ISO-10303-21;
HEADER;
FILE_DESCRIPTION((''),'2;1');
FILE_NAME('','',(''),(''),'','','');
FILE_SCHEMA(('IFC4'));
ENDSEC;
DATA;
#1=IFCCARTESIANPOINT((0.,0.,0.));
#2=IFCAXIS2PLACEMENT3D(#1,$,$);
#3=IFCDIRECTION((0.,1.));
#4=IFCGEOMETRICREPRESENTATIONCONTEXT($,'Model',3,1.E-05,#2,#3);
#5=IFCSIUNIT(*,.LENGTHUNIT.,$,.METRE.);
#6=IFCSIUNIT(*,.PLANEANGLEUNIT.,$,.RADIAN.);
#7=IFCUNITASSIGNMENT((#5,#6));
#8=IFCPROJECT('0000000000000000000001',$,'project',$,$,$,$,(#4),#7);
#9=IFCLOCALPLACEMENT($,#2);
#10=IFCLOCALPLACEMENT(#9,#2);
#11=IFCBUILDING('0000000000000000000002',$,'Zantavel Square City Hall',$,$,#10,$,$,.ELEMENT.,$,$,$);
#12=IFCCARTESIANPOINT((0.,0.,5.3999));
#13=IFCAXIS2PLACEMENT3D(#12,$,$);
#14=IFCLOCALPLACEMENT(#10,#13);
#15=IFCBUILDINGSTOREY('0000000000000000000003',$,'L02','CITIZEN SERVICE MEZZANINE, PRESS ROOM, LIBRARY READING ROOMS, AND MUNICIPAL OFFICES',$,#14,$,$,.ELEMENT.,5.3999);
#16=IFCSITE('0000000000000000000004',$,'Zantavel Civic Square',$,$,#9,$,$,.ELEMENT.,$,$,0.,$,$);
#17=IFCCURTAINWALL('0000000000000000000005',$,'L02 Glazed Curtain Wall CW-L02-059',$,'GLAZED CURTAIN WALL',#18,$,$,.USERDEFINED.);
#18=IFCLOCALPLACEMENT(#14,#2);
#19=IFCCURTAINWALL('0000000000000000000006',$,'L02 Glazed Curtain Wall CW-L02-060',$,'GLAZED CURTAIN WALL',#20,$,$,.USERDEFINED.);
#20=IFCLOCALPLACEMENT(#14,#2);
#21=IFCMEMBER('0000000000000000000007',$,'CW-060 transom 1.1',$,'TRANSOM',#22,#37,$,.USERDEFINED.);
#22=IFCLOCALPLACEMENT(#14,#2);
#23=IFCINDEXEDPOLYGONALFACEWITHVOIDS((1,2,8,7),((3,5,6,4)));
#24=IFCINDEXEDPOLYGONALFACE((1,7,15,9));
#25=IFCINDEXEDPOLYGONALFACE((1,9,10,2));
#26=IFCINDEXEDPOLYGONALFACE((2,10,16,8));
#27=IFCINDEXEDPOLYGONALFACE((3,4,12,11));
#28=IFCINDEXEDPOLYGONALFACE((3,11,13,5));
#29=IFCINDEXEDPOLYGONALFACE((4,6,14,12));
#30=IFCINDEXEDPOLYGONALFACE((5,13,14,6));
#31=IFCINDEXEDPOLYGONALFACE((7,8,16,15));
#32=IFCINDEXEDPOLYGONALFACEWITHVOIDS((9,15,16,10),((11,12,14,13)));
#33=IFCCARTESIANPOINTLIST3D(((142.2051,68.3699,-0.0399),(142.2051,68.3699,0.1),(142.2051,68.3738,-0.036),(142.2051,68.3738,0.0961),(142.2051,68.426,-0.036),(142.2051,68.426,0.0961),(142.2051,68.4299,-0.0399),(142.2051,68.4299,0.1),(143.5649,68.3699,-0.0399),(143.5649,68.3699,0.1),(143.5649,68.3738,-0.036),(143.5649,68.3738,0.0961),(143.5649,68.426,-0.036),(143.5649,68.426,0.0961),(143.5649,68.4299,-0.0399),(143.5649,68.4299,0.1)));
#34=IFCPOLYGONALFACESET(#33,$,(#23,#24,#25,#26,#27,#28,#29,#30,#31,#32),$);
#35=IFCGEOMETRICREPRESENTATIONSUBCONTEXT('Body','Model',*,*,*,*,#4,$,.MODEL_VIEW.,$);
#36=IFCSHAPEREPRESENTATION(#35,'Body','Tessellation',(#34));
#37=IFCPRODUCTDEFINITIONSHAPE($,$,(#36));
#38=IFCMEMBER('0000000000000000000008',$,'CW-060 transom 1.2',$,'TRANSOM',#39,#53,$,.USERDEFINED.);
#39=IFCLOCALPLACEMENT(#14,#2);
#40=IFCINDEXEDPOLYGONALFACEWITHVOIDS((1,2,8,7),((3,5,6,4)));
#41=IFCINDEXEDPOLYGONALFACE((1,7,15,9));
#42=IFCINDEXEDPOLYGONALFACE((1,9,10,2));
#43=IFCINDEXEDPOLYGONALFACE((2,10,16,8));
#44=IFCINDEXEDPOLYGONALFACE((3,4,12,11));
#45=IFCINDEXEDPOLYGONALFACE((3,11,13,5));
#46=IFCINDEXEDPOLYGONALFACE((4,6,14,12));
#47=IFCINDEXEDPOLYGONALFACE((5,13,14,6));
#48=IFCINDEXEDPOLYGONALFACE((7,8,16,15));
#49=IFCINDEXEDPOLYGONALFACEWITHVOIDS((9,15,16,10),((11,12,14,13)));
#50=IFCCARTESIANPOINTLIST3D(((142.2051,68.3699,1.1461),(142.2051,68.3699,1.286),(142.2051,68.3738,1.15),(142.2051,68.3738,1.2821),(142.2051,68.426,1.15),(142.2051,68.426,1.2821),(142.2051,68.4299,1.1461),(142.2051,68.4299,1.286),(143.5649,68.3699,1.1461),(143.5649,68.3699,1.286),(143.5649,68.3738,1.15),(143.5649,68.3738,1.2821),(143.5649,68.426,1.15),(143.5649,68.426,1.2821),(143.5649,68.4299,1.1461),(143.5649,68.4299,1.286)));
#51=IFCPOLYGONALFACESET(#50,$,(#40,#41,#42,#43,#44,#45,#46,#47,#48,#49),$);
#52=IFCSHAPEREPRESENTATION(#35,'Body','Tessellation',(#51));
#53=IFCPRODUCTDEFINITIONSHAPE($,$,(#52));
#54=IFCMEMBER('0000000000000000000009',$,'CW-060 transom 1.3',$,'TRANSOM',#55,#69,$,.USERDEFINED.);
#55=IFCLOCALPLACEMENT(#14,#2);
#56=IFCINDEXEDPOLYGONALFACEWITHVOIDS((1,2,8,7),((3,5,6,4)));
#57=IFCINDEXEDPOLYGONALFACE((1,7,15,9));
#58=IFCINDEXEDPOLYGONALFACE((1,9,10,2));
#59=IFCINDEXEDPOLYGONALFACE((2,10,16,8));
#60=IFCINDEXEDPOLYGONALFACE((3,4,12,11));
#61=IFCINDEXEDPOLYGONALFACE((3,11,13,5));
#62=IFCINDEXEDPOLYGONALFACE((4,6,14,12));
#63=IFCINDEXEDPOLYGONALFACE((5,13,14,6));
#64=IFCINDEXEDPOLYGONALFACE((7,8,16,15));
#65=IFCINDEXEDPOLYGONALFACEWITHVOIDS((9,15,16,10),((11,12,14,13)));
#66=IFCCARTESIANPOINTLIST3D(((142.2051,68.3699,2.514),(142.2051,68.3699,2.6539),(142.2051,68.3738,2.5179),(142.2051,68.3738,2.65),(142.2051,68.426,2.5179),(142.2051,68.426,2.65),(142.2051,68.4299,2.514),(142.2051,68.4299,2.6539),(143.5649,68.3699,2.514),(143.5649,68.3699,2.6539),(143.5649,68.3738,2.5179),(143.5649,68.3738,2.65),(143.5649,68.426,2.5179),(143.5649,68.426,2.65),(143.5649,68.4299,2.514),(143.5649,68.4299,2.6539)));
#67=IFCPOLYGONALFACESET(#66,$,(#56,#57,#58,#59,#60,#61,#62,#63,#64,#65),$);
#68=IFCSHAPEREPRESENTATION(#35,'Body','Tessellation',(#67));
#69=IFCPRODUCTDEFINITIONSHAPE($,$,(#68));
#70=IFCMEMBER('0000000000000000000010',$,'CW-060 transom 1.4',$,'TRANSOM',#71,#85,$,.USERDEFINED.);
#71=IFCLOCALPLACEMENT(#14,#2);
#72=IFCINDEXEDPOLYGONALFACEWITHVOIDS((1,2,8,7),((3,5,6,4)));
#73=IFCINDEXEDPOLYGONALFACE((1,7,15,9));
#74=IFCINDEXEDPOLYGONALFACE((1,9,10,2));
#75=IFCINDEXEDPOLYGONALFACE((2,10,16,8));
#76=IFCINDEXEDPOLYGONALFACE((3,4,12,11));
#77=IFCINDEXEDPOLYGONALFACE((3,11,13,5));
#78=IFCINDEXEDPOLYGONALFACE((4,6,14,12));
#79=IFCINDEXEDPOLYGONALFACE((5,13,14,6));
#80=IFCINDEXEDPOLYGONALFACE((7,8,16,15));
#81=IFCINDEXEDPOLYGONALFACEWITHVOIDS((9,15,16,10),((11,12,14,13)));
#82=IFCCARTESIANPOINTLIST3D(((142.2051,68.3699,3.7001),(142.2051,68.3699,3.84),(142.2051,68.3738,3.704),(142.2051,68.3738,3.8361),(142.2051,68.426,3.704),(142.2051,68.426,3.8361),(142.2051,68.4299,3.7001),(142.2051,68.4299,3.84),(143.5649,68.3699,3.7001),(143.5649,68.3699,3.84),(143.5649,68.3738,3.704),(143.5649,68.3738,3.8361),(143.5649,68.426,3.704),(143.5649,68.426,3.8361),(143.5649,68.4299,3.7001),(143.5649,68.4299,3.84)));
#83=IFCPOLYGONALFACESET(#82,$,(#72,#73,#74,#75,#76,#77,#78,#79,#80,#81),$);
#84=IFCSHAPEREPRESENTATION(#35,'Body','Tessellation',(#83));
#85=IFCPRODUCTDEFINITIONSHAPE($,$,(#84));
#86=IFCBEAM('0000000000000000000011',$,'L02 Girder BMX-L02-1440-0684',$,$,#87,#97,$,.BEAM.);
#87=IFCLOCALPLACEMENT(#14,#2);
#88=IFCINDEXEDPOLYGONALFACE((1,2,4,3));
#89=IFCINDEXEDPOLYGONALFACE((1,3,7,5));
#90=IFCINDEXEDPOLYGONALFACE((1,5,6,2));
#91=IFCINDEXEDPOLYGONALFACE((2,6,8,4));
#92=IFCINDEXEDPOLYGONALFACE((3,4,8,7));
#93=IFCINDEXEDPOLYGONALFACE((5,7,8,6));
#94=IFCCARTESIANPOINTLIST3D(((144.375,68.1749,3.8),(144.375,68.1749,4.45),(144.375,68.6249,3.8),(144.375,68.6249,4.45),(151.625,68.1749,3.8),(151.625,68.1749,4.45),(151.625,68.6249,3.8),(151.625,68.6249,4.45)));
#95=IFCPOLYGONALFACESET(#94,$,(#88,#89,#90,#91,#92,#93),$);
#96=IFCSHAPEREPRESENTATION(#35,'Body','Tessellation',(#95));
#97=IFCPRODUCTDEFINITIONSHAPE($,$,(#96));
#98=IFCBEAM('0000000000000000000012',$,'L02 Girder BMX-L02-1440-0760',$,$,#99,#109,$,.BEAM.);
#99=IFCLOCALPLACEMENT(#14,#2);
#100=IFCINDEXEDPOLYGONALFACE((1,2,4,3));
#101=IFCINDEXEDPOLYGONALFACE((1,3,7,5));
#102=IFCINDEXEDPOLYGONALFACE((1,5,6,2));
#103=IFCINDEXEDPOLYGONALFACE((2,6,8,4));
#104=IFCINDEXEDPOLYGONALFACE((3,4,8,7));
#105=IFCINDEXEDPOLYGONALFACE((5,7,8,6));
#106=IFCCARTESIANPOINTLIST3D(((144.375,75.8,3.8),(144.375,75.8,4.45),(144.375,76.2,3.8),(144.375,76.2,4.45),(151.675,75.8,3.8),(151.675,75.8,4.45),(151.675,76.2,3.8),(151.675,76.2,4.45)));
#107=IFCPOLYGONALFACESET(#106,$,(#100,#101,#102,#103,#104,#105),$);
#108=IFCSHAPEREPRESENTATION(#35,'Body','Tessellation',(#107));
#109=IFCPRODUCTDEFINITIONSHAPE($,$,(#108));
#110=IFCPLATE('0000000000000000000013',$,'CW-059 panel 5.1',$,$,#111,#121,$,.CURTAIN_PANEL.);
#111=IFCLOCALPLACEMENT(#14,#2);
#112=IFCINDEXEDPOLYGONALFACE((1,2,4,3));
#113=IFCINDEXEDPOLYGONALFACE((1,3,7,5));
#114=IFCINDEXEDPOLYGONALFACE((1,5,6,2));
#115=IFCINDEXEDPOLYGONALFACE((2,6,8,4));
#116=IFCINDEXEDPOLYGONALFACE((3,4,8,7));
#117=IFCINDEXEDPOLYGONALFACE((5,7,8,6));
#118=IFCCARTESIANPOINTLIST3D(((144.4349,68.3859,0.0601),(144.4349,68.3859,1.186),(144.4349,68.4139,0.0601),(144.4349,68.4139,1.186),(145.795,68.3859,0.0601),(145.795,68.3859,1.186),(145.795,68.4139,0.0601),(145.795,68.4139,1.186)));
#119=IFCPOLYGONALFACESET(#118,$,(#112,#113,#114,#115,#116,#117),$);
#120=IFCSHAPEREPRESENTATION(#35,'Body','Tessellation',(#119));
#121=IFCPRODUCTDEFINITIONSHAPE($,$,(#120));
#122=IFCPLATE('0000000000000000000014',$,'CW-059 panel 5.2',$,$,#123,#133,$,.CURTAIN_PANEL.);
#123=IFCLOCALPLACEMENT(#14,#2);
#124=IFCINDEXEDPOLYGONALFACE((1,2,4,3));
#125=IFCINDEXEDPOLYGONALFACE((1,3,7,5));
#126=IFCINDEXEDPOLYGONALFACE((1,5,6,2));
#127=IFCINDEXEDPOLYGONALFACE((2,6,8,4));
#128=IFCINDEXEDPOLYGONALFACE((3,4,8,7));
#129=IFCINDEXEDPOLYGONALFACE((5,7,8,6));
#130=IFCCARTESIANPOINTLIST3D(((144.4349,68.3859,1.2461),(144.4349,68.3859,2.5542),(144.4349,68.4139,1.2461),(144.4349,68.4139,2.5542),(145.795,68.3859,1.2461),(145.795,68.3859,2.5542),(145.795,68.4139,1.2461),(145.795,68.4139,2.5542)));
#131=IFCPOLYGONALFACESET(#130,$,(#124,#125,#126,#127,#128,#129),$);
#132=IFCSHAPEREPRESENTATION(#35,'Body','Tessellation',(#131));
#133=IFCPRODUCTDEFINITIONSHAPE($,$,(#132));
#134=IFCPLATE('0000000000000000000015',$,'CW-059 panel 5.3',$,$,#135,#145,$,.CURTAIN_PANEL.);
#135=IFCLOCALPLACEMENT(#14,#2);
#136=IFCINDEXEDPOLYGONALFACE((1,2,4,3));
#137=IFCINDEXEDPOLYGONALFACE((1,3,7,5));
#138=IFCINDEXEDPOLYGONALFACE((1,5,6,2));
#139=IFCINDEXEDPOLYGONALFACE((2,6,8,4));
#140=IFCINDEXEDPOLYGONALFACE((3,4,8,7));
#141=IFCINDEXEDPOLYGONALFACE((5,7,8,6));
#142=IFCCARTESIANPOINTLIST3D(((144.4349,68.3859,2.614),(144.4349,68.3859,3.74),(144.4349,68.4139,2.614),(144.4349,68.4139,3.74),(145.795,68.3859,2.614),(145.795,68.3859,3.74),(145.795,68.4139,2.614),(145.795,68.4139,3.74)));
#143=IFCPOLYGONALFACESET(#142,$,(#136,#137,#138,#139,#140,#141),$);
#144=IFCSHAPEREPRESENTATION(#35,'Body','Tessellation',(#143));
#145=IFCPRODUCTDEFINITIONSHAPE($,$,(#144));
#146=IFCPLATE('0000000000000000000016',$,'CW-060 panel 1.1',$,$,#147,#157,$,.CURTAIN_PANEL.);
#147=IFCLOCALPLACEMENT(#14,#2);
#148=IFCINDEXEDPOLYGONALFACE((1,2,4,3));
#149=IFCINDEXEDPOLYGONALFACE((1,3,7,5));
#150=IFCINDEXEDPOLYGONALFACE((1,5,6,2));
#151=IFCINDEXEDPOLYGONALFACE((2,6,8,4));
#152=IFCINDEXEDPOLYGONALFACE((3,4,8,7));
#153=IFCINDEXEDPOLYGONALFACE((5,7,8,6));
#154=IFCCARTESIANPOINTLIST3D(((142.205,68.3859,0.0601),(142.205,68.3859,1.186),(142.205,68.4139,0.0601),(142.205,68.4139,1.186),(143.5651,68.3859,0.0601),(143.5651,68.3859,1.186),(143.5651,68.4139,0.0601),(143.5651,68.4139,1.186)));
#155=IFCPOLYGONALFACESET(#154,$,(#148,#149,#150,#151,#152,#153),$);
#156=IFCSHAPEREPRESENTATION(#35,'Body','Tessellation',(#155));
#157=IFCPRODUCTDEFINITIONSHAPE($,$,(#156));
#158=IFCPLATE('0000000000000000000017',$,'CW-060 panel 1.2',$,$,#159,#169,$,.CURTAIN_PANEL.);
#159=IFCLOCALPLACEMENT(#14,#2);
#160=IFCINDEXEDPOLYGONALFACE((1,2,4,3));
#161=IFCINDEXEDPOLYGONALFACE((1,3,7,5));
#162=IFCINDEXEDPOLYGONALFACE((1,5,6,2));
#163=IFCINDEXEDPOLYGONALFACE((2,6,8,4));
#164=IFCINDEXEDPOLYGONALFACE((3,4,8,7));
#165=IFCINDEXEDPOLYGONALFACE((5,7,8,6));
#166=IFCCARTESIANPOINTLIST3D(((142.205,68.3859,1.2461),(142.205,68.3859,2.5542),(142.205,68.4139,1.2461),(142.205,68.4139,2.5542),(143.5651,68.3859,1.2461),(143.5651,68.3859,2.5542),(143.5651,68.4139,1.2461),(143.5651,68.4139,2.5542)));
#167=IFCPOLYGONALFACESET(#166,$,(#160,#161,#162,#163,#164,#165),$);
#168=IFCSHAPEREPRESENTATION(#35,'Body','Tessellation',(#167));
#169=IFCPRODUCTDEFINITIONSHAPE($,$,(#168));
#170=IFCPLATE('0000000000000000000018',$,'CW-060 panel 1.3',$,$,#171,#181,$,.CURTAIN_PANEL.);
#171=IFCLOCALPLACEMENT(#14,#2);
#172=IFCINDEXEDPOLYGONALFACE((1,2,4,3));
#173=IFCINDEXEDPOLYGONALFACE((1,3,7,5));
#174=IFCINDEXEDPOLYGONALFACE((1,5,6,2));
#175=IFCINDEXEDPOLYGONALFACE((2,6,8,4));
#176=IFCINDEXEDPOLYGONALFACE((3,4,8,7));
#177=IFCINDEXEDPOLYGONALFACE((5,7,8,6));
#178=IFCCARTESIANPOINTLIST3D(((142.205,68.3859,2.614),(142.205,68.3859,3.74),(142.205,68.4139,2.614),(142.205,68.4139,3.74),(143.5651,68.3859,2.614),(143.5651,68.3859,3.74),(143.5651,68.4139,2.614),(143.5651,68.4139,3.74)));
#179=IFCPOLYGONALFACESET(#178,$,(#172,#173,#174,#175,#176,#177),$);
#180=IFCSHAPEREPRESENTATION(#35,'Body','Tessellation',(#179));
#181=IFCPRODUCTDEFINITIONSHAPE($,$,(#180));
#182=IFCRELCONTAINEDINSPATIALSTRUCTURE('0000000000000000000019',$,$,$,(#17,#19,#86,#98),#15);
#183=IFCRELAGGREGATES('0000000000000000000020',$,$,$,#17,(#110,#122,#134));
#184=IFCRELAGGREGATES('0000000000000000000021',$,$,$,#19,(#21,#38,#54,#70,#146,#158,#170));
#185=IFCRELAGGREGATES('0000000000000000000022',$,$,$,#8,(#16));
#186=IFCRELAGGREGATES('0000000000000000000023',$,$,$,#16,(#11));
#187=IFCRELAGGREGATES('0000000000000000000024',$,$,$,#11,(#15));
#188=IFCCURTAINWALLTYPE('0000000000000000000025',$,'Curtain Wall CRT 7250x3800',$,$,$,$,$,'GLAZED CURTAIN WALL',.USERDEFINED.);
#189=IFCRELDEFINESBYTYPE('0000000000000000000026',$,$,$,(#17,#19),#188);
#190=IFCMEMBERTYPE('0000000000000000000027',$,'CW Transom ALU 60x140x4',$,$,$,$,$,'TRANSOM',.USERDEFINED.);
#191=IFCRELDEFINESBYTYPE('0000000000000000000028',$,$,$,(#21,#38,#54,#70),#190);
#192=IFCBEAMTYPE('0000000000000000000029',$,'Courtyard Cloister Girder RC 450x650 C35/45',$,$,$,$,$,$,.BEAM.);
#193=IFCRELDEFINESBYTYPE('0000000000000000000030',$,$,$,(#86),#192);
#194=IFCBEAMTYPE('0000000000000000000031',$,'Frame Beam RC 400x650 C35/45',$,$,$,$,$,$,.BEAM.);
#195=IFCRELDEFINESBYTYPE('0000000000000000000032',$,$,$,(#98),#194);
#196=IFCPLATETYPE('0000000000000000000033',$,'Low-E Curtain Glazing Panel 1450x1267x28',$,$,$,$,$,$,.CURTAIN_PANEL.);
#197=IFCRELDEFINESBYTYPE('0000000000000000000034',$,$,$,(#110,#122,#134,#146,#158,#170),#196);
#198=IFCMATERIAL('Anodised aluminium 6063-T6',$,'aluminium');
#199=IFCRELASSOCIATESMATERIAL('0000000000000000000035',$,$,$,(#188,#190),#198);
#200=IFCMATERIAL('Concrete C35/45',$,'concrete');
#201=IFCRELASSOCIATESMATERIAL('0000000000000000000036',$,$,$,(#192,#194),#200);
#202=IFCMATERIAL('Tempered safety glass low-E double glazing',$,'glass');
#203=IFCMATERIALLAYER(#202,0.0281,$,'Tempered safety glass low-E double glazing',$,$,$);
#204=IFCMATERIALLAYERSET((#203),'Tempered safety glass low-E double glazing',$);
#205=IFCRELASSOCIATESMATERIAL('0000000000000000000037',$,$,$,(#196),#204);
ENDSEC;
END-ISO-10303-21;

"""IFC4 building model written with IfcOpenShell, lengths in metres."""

from ifc_helpers import new_model, si_unit, direction, frame, origin, origin_2d, place, context, subcontext, project, spatial, rectangle, hollow_rectangle, extrude, material, layer, layer_set, material_profile, profile_set, type_object, element, aggregate, save


model = new_model("IFC4")

# Units and contexts
model_context = context("Model", 3, precision=1e-05, world=origin(), true_north=direction((0.0, 1.0)))
body_context = subcontext(model_context, "Body", "Model", "MODEL_VIEW")
ifc_project = project(units=[si_unit("LENGTHUNIT", "METRE"), si_unit("PLANEANGLEUNIT", "RADIAN")], contexts=[model_context])

# Site, building, storey
site_placement = place(None, origin())
site = spatial("IfcSite", under=ifc_project, at=site_placement, Name="Zantavel Civic Square", CompositionType="ELEMENT", RefElevation=0.0)
building_placement = place(site_placement, origin())
building = spatial("IfcBuilding", under=site, at=building_placement, Name="Zantavel Square City Hall", CompositionType="ELEMENT")
storey_placement = place(building_placement, frame((0.0, 0.0, 5.3999)))
storey = spatial("IfcBuildingStorey", under=building, at=storey_placement, Name="L02", Description="CITIZEN SERVICE MEZZANINE, PRESS ROOM, LIBRARY READING ROOMS, AND MUNICIPAL OFFICES", CompositionType="ELEMENT", Elevation=5.3999)

# Shared definitions
ifc_material_1 = material(Name="Concrete C35/45", Category="concrete")

# Curtain walls
ifc_material_2 = material(Name="Anodised aluminium 6063-T6", Category="aluminium")
curtain_wall_type = type_object("IfcCurtainWallType", Name="Curtain Wall CRT 7250x3800", ElementType="GLAZED CURTAIN WALL", PredefinedType="USERDEFINED", material=ifc_material_2)
curtain_wall_1_placement = place(storey_placement, origin())
curtain_wall_1 = element("IfcCurtainWall", 1, at=curtain_wall_1_placement, inside=storey, type_object=curtain_wall_type, Name="L02 Glazed Curtain Wall CW-L02-059", ObjectType="GLAZED CURTAIN WALL", PredefinedType="USERDEFINED")
curtain_wall_2_placement = place(storey_placement, origin())
curtain_wall_2 = element("IfcCurtainWall", 2, at=curtain_wall_2_placement, inside=storey, type_object=curtain_wall_type, Name="L02 Glazed Curtain Wall CW-L02-060", ObjectType="GLAZED CURTAIN WALL", PredefinedType="USERDEFINED")

# Members
ifc_material_profile_1 = material_profile(ifc_material_2, hollow_rectangle(XDim=0.0601, YDim=0.1399, WallThickness=0.0039, at=origin_2d()), Name="ALU 60x140x4")
ifc_profile_set_1 = profile_set([ifc_material_profile_1], Name="Anodised aluminium 6063-T6")
member_type_1 = type_object("IfcMemberType", Name="CW Transom ALU 60x140x4", ElementType="TRANSOM", PredefinedType="USERDEFINED", material=ifc_profile_set_1)
member_1_placement = place(storey_placement, frame((143.5649, 68.3999, 0.03), z_axis=(-1.0, 0.0, 0.0), x_axis=(0.0, -1.0, 0.0)))
member_1 = element("IfcMember", 3, at=member_1_placement, type_object=member_type_1, Name="CW-060 transom 1.1", ObjectType="TRANSOM", PredefinedType="USERDEFINED", context=body_context, shape_type="SweptSolid", body=[
    extrude(hollow_rectangle(XDim=0.0601, YDim=0.1399, WallThickness=0.0039, at=origin_2d()), origin(), (0.0, 0.0, 1.0), 1.3599),
])
member_2_placement = place(storey_placement, frame((143.5649, 68.3999, 1.2161), z_axis=(-1.0, 0.0, 0.0), x_axis=(0.0, -1.0, 0.0)))
member_2 = element("IfcMember", 4, at=member_2_placement, type_object=member_type_1, Name="CW-060 transom 1.2", ObjectType="TRANSOM", PredefinedType="USERDEFINED", context=body_context, shape_type="SweptSolid", body=[
    extrude(hollow_rectangle(XDim=0.0601, YDim=0.1399, WallThickness=0.0039, at=origin_2d()), origin(), (0.0, 0.0, 1.0), 1.3599),
])
member_3_placement = place(storey_placement, frame((143.5649, 68.3999, 2.584), z_axis=(-1.0, 0.0, 0.0), x_axis=(0.0, -1.0, 0.0)))
member_3 = element("IfcMember", 5, at=member_3_placement, type_object=member_type_1, Name="CW-060 transom 1.3", ObjectType="TRANSOM", PredefinedType="USERDEFINED", context=body_context, shape_type="SweptSolid", body=[
    extrude(hollow_rectangle(XDim=0.0601, YDim=0.1399, WallThickness=0.0039, at=origin_2d()), origin(), (0.0, 0.0, 1.0), 1.3599),
])
member_4_placement = place(storey_placement, frame((143.5649, 68.3999, 3.77), z_axis=(-1.0, 0.0, 0.0), x_axis=(0.0, -1.0, 0.0)))
member_4 = element("IfcMember", 6, at=member_4_placement, type_object=member_type_1, Name="CW-060 transom 1.4", ObjectType="TRANSOM", PredefinedType="USERDEFINED", context=body_context, shape_type="SweptSolid", body=[
    extrude(hollow_rectangle(XDim=0.0601, YDim=0.1399, WallThickness=0.0039, at=origin_2d()), origin(), (0.0, 0.0, 1.0), 1.3599),
])

# Beams
ifc_material_profile_2 = material_profile(ifc_material_1, rectangle(XDim=0.45, YDim=0.6499, at=origin_2d()), Name="RC 450x650")
ifc_profile_set_2 = profile_set([ifc_material_profile_2], Name="Concrete C35/45")
beam_type_1 = type_object("IfcBeamType", Name="Courtyard Cloister Girder RC 450x650 C35/45", PredefinedType="BEAM", material=ifc_profile_set_2)
beam_1_placement = place(storey_placement, frame((144.375, 68.3999, 4.125), z_axis=(1.0, 0.0, 0.0), x_axis=(0.0, 1.0, 0.0)))
element("IfcBeam", 7, at=beam_1_placement, inside=storey, type_object=beam_type_1, Name="L02 Girder BMX-L02-1440-0684", PredefinedType="BEAM", context=body_context, shape_type="SweptSolid", body=[
    extrude(rectangle(XDim=0.45, YDim=0.6499, at=origin_2d()), origin(), (0.0, 0.0, 1.0), 7.25),
])
ifc_material_profile_3 = material_profile(ifc_material_1, rectangle(XDim=0.3999, YDim=0.6499, at=origin_2d()), Name="RC 400x650")
ifc_profile_set_3 = profile_set([ifc_material_profile_3], Name="Concrete C35/45")
beam_type_2 = type_object("IfcBeamType", Name="Frame Beam RC 400x650 C35/45", PredefinedType="BEAM", material=ifc_profile_set_3)
beam_2_placement = place(storey_placement, frame((144.375, 76.0, 4.125), z_axis=(1.0, 0.0, 0.0), x_axis=(0.0, 1.0, 0.0)))
element("IfcBeam", 8, at=beam_2_placement, inside=storey, type_object=beam_type_2, Name="L02 Girder BMX-L02-1440-0760", PredefinedType="BEAM", context=body_context, shape_type="SweptSolid", body=[
    extrude(rectangle(XDim=0.3999, YDim=0.6499, at=origin_2d()), origin(), (0.0, 0.0, 1.0), 7.3),
])

# Plates
ifc_material_3 = material(Name="Tempered safety glass low-E double glazing", Category="glass")
ifc_layer = layer(ifc_material_3, 0.0281, Name="Tempered safety glass low-E double glazing")
ifc_layer_set = layer_set([ifc_layer], Name="Tempered safety glass low-E double glazing")
plate_type = type_object("IfcPlateType", Name="Low-E Curtain Glazing Panel 1450x1267x28", PredefinedType="CURTAIN_PANEL", material=ifc_layer_set)
plate_1_placement = place(storey_placement, frame((145.115, 68.3999, 0.0601), z_axis=(0.0, 0.0, 1.0), x_axis=(-1.0, 0.0, 0.0)))
plate_1 = element("IfcPlate", 9, at=plate_1_placement, type_object=plate_type, Name="CW-059 panel 5.1", PredefinedType="CURTAIN_PANEL", context=body_context, shape_type="SweptSolid", body=[
    extrude(rectangle(XDim=1.3601, YDim=0.0281, at=origin_2d()), origin(), (0.0, 0.0, 1.0), 1.126),
])
plate_2_placement = place(storey_placement, frame((145.115, 68.3999, 1.2461), z_axis=(0.0, 0.0, 1.0), x_axis=(-1.0, 0.0, 0.0)))
plate_2 = element("IfcPlate", 10, at=plate_2_placement, type_object=plate_type, Name="CW-059 panel 5.2", PredefinedType="CURTAIN_PANEL", context=body_context, shape_type="SweptSolid", body=[
    extrude(rectangle(XDim=1.3601, YDim=0.0281, at=origin_2d()), origin(), (0.0, 0.0, 1.0), 1.3081),
])
plate_3_placement = place(storey_placement, frame((145.115, 68.3999, 2.614), z_axis=(0.0, 0.0, 1.0), x_axis=(-1.0, 0.0, 0.0)))
plate_3 = element("IfcPlate", 11, at=plate_3_placement, type_object=plate_type, Name="CW-059 panel 5.3", PredefinedType="CURTAIN_PANEL", context=body_context, shape_type="SweptSolid", body=[
    extrude(rectangle(XDim=1.3601, YDim=0.0281, at=origin_2d()), origin(), (0.0, 0.0, 1.0), 1.126),
])
aggregate(curtain_wall_1, [plate_1, plate_2, plate_3])
plate_4_placement = place(storey_placement, frame((142.885, 68.3999, 0.0601), z_axis=(0.0, 0.0, 1.0), x_axis=(-1.0, 0.0, 0.0)))
plate_4 = element("IfcPlate", 12, at=plate_4_placement, type_object=plate_type, Name="CW-060 panel 1.1", PredefinedType="CURTAIN_PANEL", context=body_context, shape_type="SweptSolid", body=[
    extrude(rectangle(XDim=1.3601, YDim=0.0281, at=origin_2d()), origin(), (0.0, 0.0, 1.0), 1.126),
])
plate_5_placement = place(storey_placement, frame((142.885, 68.3999, 1.2461), z_axis=(0.0, 0.0, 1.0), x_axis=(-1.0, 0.0, 0.0)))
plate_5 = element("IfcPlate", 13, at=plate_5_placement, type_object=plate_type, Name="CW-060 panel 1.2", PredefinedType="CURTAIN_PANEL", context=body_context, shape_type="SweptSolid", body=[
    extrude(rectangle(XDim=1.3601, YDim=0.0281, at=origin_2d()), origin(), (0.0, 0.0, 1.0), 1.3081),
])
plate_6_placement = place(storey_placement, frame((142.885, 68.3999, 2.614), z_axis=(0.0, 0.0, 1.0), x_axis=(-1.0, 0.0, 0.0)))
plate_6 = element("IfcPlate", 14, at=plate_6_placement, type_object=plate_type, Name="CW-060 panel 1.3", PredefinedType="CURTAIN_PANEL", context=body_context, shape_type="SweptSolid", body=[
    extrude(rectangle(XDim=1.3601, YDim=0.0281, at=origin_2d()), origin(), (0.0, 0.0, 1.0), 1.126),
])
aggregate(curtain_wall_2, [member_1, member_2, member_3, member_4, plate_4, plate_5, plate_6])

save(model, "model.ifc")
